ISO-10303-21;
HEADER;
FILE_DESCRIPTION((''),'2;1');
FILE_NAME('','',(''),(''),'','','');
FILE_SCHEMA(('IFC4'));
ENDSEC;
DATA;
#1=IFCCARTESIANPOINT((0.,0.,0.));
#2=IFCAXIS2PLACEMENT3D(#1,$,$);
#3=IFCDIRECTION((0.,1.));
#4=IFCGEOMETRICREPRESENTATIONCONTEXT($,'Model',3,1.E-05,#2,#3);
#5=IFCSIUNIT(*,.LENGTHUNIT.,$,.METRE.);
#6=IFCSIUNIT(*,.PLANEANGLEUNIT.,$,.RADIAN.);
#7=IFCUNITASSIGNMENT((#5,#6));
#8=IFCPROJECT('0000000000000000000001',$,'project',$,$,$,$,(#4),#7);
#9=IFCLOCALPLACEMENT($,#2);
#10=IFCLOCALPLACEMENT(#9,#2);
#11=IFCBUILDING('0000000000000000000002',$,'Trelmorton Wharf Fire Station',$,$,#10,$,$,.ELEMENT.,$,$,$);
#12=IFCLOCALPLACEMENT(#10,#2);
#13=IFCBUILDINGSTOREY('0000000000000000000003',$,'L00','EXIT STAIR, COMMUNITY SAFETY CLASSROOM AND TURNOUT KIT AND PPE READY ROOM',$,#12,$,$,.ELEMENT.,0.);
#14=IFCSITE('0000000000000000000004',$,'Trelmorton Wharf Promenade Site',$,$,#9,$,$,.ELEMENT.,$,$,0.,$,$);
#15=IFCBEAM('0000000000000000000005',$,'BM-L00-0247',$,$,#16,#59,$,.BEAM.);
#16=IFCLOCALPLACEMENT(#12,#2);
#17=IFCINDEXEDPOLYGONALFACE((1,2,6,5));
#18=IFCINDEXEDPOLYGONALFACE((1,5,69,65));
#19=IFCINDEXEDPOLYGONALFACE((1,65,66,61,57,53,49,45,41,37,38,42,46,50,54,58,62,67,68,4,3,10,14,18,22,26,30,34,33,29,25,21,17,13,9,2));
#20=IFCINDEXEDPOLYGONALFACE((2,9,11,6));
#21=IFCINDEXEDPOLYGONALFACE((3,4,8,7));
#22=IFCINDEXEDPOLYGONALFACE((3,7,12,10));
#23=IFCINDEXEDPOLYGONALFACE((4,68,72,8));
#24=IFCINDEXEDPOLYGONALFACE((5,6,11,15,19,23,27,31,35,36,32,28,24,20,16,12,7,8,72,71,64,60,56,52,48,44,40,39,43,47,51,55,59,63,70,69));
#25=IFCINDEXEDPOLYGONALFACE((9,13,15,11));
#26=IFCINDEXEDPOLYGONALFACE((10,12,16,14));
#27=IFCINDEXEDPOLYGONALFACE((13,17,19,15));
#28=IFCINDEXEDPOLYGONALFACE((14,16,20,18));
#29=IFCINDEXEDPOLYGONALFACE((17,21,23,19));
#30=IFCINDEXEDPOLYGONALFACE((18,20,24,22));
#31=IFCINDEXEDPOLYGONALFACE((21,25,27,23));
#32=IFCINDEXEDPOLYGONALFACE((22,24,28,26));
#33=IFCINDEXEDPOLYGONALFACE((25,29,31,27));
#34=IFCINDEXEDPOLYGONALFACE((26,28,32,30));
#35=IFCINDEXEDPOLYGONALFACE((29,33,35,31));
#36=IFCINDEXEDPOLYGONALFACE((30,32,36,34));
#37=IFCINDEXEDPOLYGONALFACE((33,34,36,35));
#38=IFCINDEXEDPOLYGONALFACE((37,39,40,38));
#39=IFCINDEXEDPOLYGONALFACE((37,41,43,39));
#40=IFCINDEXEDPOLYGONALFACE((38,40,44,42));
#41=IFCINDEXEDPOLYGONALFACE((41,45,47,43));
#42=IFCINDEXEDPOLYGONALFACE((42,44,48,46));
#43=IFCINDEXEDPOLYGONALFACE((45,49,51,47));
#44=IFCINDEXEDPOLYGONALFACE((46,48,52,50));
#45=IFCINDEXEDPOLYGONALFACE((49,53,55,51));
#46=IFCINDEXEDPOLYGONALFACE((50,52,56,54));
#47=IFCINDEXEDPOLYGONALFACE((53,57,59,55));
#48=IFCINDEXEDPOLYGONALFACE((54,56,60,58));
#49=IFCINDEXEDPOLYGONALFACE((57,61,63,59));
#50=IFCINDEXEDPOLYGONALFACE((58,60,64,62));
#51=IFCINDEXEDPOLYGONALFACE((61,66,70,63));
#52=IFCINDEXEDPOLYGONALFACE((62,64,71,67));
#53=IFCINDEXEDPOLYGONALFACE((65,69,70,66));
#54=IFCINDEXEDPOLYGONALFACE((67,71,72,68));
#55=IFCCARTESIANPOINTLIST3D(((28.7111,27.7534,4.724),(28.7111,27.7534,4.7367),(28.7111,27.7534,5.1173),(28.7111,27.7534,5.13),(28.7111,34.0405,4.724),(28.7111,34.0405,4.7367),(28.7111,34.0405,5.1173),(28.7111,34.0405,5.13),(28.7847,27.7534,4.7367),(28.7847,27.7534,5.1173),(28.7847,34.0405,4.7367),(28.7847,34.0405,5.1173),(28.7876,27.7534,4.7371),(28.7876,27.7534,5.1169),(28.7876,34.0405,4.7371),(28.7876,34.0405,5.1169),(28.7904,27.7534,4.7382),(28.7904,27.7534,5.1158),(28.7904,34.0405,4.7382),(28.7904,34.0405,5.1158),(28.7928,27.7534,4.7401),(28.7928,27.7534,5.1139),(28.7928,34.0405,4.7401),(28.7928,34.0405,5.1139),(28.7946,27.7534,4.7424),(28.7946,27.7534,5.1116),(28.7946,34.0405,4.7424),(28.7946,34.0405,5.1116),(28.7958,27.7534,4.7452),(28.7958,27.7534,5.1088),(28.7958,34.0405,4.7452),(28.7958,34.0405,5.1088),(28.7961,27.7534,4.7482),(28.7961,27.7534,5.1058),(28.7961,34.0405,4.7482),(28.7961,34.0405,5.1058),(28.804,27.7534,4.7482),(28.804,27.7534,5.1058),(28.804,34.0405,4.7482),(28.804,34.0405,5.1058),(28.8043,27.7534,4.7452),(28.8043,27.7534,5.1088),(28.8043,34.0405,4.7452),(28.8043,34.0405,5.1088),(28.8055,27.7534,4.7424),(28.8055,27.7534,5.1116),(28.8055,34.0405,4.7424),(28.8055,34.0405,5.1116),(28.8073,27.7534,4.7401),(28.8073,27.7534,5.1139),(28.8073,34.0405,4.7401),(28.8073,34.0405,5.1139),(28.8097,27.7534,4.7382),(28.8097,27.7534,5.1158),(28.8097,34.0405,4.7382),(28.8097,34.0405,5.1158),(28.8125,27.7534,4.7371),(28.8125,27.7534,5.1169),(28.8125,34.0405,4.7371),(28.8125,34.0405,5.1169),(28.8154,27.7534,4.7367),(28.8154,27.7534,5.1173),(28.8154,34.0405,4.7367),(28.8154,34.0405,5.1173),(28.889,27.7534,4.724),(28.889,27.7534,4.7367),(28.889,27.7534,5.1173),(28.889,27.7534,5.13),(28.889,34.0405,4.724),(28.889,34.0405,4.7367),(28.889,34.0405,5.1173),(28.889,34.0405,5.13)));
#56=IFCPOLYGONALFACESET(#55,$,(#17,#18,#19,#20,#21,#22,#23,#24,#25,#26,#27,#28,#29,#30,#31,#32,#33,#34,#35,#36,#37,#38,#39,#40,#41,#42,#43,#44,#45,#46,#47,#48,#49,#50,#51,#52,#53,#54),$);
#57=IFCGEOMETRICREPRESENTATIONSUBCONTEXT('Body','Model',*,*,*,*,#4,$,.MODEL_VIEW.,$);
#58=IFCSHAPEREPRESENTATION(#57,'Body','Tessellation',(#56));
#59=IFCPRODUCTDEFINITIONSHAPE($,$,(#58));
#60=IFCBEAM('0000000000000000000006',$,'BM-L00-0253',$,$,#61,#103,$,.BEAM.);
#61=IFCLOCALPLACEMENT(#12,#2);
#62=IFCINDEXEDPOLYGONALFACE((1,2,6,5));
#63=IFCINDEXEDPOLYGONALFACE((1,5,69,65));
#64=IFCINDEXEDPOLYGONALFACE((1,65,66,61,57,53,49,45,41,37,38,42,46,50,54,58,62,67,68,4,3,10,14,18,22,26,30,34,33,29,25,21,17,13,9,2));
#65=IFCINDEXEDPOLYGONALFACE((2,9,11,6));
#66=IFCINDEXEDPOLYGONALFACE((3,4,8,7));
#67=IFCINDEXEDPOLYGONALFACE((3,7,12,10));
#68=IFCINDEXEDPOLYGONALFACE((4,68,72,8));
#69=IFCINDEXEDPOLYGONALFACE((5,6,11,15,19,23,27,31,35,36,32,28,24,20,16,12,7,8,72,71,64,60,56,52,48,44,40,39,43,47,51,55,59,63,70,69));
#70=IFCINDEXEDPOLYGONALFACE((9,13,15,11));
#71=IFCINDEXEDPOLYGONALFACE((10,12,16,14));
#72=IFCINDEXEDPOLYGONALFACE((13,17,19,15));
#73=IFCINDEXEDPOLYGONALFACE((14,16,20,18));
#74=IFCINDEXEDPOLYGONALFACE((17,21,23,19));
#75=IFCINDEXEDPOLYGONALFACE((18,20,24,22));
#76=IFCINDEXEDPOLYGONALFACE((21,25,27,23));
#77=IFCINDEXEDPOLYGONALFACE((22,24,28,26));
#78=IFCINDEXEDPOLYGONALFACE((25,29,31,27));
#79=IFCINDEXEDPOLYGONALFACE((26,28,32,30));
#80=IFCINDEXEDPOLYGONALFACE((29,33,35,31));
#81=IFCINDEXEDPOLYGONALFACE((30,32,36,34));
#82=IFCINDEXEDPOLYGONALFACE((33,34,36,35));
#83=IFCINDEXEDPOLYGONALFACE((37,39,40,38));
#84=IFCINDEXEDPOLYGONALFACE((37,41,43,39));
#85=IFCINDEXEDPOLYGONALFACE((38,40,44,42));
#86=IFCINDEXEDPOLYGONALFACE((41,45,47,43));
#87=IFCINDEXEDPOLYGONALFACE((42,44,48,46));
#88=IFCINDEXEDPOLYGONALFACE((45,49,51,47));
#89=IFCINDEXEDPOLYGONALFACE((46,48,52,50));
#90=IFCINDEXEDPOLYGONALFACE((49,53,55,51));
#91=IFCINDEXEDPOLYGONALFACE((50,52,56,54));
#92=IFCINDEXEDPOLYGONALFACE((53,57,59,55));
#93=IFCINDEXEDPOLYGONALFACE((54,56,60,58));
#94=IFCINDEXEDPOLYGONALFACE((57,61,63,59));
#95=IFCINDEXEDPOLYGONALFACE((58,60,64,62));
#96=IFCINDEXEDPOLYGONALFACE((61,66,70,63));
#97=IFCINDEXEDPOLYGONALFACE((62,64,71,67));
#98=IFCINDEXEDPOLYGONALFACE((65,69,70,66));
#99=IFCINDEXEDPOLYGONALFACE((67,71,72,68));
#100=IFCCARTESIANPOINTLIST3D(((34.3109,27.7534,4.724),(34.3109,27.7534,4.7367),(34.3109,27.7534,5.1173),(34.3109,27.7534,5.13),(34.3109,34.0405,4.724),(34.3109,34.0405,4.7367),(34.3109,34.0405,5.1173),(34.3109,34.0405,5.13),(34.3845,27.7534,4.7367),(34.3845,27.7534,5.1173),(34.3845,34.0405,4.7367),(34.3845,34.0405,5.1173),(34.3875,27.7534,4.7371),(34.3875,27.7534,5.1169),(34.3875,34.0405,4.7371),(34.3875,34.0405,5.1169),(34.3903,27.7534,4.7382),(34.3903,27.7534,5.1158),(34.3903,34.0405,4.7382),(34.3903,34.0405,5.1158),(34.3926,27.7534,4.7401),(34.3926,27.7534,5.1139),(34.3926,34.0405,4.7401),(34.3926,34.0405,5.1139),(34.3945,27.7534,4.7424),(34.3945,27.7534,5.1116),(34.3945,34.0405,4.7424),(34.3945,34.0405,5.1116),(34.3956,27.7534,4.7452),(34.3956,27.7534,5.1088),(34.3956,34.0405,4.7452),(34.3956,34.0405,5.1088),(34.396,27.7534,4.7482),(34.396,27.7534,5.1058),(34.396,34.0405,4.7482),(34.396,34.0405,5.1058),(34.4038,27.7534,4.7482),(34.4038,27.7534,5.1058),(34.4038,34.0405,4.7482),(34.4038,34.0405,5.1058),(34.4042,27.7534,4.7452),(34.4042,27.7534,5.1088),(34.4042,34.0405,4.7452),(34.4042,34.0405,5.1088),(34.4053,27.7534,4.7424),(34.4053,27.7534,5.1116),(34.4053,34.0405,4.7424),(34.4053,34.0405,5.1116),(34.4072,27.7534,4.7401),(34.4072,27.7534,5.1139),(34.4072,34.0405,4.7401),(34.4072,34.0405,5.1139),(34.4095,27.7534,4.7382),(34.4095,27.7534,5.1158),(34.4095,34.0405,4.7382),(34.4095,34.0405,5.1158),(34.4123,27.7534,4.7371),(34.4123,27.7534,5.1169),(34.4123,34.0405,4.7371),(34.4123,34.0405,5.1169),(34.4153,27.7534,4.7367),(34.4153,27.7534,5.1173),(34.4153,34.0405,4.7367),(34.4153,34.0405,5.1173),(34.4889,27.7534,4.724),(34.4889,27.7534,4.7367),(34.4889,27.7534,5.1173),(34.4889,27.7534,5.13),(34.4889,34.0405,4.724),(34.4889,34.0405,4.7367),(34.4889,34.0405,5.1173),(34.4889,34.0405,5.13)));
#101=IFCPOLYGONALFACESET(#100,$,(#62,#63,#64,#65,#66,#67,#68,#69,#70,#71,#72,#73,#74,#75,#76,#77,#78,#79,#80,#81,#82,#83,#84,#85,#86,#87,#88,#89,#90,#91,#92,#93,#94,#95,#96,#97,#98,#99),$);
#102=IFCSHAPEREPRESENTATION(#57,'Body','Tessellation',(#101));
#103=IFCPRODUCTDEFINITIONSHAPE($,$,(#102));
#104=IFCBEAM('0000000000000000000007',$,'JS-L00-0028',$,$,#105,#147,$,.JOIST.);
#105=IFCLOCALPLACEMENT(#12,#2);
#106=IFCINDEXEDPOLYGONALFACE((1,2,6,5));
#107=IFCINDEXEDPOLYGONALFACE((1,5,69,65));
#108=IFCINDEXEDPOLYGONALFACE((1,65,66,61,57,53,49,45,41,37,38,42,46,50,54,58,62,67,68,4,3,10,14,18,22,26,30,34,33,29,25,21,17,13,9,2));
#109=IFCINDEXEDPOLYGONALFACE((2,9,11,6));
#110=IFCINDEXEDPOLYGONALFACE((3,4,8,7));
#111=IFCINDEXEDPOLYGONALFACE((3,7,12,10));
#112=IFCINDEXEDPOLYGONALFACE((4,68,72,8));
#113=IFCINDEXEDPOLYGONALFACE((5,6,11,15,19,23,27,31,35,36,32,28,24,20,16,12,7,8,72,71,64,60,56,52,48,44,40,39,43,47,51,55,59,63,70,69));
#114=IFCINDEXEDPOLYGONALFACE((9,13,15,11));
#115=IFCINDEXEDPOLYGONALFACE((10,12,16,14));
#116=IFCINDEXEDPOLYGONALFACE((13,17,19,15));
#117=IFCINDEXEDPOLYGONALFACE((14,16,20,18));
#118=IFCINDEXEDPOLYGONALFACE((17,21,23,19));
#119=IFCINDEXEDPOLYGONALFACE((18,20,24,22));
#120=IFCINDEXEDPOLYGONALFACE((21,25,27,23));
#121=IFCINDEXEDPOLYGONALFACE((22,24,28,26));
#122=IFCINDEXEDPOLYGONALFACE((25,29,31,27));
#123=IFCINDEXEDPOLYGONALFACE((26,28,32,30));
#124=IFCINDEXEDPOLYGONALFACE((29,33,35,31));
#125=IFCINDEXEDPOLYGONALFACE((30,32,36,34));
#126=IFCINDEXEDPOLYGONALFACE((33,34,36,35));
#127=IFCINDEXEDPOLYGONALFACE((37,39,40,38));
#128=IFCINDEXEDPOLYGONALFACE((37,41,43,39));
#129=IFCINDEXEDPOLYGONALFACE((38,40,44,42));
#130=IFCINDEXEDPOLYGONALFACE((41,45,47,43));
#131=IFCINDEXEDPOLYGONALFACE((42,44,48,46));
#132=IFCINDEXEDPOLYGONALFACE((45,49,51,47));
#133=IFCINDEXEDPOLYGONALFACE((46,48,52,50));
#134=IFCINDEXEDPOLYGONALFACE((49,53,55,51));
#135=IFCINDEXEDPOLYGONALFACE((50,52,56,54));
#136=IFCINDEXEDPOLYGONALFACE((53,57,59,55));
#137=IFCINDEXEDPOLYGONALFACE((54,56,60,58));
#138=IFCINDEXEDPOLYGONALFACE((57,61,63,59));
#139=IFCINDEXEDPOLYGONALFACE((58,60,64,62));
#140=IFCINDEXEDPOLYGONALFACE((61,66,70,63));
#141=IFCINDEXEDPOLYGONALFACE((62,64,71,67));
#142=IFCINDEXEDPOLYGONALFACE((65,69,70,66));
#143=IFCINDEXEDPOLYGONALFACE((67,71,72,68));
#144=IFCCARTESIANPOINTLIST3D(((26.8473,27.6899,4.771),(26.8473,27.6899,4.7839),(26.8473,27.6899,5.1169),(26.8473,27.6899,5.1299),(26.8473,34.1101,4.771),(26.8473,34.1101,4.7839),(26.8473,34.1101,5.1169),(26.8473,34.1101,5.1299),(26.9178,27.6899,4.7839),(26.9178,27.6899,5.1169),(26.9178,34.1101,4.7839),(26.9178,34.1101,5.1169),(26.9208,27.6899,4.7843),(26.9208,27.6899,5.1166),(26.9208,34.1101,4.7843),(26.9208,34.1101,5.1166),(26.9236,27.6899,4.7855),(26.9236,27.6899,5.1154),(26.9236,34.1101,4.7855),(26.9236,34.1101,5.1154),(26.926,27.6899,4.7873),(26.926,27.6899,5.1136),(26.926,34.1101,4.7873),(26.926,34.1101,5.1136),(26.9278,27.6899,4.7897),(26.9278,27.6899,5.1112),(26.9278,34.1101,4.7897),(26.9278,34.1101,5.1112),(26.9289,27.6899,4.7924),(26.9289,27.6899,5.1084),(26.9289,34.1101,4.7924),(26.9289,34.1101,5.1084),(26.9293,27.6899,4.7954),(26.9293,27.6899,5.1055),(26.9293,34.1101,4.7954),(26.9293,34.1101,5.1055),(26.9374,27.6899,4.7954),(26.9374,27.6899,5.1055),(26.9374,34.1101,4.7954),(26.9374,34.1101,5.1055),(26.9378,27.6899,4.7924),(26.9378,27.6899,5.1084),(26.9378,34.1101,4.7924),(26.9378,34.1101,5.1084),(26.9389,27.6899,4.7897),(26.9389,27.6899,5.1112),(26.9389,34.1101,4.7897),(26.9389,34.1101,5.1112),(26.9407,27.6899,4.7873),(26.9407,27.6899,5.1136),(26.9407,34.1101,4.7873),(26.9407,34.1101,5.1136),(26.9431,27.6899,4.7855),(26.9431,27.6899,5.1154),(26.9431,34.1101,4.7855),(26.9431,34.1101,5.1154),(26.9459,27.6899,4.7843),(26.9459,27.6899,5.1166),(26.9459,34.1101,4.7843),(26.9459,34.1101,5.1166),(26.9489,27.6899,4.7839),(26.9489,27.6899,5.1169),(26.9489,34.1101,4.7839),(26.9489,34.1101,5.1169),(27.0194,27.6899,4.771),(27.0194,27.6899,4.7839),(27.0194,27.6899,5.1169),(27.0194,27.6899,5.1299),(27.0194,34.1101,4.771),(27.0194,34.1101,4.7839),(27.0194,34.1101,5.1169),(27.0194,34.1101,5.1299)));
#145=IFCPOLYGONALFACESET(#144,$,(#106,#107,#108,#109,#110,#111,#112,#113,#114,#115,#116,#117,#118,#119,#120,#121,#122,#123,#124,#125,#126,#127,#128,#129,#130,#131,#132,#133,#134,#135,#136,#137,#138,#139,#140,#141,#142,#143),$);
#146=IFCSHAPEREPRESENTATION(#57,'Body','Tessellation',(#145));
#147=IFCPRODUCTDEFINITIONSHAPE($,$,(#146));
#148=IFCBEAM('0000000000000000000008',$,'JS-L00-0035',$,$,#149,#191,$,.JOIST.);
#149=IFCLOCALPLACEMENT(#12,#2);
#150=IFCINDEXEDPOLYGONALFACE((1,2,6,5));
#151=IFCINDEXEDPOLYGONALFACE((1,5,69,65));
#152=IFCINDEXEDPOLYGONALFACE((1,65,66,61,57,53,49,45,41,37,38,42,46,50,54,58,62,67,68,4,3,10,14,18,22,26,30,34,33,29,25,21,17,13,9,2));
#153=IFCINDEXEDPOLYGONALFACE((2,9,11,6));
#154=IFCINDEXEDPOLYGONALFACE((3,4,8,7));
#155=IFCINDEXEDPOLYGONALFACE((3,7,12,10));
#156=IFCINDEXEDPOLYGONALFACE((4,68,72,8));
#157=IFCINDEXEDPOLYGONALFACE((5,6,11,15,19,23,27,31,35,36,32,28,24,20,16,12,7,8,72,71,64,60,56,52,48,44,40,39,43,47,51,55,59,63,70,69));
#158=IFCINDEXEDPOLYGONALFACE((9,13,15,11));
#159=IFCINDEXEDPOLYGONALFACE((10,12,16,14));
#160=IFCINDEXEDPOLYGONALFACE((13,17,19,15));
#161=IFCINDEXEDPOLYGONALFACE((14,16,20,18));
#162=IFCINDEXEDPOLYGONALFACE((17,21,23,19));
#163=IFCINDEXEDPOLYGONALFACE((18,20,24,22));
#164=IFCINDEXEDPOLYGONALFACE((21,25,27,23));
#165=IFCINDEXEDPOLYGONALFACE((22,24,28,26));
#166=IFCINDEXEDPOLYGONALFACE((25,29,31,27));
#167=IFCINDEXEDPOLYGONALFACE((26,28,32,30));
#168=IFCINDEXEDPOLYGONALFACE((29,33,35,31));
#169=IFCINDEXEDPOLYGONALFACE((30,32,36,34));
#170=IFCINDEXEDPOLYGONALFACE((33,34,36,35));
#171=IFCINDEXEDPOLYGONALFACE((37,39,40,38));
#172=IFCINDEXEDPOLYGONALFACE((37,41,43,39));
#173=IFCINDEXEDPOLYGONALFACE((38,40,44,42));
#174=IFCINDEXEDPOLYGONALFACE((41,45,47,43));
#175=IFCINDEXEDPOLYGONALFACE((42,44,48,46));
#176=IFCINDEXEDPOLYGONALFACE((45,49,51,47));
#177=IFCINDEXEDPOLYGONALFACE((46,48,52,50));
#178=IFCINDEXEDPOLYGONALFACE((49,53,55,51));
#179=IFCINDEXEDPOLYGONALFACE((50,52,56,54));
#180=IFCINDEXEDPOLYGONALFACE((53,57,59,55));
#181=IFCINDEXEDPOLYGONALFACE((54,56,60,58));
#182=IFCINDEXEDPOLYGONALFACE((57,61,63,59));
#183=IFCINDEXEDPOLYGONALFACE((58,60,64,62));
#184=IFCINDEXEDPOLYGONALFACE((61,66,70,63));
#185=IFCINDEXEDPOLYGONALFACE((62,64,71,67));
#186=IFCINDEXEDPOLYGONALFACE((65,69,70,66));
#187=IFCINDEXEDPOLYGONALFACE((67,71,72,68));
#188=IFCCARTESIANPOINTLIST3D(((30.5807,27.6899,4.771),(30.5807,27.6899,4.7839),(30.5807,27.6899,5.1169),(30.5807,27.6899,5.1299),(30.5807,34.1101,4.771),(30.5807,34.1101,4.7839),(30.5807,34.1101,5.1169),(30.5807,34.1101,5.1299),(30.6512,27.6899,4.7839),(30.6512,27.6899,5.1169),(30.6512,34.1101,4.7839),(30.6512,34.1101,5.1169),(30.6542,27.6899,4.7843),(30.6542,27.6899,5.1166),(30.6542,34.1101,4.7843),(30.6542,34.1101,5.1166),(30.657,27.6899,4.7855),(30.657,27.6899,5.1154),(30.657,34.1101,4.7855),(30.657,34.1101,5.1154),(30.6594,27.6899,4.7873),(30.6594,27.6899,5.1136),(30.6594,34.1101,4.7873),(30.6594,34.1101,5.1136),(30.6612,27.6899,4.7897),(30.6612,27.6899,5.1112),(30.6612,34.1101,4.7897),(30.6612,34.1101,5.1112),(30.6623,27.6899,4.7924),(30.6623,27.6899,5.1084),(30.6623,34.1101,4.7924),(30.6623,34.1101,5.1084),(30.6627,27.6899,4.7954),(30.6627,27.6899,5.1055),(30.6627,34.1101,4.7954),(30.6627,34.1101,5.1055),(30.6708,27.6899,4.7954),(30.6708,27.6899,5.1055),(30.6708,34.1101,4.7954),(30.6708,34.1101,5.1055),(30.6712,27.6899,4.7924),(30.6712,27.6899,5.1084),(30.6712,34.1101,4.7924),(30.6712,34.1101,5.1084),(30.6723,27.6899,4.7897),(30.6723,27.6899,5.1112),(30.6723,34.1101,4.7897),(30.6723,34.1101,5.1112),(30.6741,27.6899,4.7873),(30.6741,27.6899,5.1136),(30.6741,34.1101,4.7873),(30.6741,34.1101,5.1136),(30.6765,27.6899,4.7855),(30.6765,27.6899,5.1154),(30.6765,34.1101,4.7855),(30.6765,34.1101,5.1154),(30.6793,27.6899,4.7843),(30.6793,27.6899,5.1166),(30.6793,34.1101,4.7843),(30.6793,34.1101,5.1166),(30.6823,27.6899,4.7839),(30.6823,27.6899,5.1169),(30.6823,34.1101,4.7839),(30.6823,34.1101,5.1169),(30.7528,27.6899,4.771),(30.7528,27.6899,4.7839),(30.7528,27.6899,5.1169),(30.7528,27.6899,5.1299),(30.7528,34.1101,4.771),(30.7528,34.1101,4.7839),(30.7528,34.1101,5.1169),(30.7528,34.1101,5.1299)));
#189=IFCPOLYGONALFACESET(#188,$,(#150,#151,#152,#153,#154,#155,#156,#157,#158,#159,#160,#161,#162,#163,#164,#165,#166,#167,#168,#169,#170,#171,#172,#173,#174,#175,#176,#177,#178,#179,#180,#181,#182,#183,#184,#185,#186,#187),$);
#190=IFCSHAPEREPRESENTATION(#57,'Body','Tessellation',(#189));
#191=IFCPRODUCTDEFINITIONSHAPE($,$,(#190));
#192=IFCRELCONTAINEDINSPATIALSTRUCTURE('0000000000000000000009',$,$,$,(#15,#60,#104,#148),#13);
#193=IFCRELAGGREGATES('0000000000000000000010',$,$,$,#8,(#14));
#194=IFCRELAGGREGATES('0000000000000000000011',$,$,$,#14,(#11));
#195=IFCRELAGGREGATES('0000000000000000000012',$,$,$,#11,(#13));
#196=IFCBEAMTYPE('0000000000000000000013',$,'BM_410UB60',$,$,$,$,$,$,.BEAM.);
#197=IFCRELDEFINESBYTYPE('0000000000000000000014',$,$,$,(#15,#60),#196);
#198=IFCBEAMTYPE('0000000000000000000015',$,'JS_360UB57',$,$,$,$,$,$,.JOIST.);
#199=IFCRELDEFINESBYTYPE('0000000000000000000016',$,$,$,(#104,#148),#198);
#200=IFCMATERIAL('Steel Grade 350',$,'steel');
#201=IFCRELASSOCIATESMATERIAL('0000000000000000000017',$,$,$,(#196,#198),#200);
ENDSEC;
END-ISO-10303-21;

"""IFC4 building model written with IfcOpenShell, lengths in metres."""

from ifc_helpers import new_model, si_unit, direction, frame, origin, origin_2d, place, context, subcontext, project, spatial, i_section, extrude, material, material_profile, profile_set, type_object, element, save


model = new_model("IFC4")

# Units and contexts
model_context = context("Model", 3, precision=1e-05, world=origin(), true_north=direction((0.0, 1.0)))
body_context = subcontext(model_context, "Body", "Model", "MODEL_VIEW")
ifc_project = project(units=[si_unit("LENGTHUNIT", "METRE"), si_unit("PLANEANGLEUNIT", "RADIAN")], contexts=[model_context])

# Site, building, storey
site_placement = place(None, origin())
site = spatial("IfcSite", under=ifc_project, at=site_placement, Name="Trelmorton Wharf Promenade Site", CompositionType="ELEMENT", RefElevation=0.0)
building_placement = place(site_placement, origin())
building = spatial("IfcBuilding", under=site, at=building_placement, Name="Trelmorton Wharf Fire Station", CompositionType="ELEMENT")
storey_placement = place(building_placement, origin())
storey = spatial("IfcBuildingStorey", under=building, at=storey_placement, Name="L00", Description="EXIT STAIR, COMMUNITY SAFETY CLASSROOM AND TURNOUT KIT AND PPE READY ROOM", CompositionType="ELEMENT", Elevation=0.0)

# Shared definitions
ifc_material_1 = material(Name="Steel Grade 350", Category="steel")

# Beams
ifc_material_profile_1 = material_profile(ifc_material_1, i_section(OverallWidth=0.178, OverallDepth=0.406, WebThickness=0.0078, FlangeThickness=0.0127, FilletRadius=0.0115, at=origin_2d()), Name="410UB59.7")
ifc_profile_set_1 = profile_set([ifc_material_profile_1], Name="Steel Grade 350")
beam_type_1 = type_object("IfcBeamType", Name="BM_410UB60", PredefinedType="BEAM", material=ifc_profile_set_1)
for number, where, z_axis, x_axis, name in (
    (1, (28.8, 27.7534, 4.927), (0.0, 1.0, 0.0), (-1.0, 0.0, 0.0), "BM-L00-0247"),
    (2, (34.3999, 27.7534, 4.927), (0.0, 1.0, 0.0), (-1.0, 0.0, 0.0), "BM-L00-0253"),
):
    element("IfcBeam", number, at=place(storey_placement, frame(where, z_axis=z_axis, x_axis=x_axis)), inside=storey, type_object=beam_type_1, Name=name, PredefinedType="BEAM", context=body_context, shape_type="SweptSolid", body=[
        extrude(i_section(OverallWidth=0.178, OverallDepth=0.406, WebThickness=0.0078, FlangeThickness=0.0127, FilletRadius=0.0115, at=origin_2d()), origin(), (0.0, 0.0, 1.0), 6.2871),
    ])
ifc_material_profile_2 = material_profile(ifc_material_1, i_section(OverallWidth=0.1721, OverallDepth=0.3589, WebThickness=0.0081, FlangeThickness=0.0129, FilletRadius=0.0115, at=origin_2d()), Name="360UB56.7")
ifc_profile_set_2 = profile_set([ifc_material_profile_2], Name="Steel Grade 350")
beam_type_2 = type_object("IfcBeamType", Name="JS_360UB57", PredefinedType="JOIST", material=ifc_profile_set_2)
for number, where, z_axis, x_axis, name in (
    (3, (26.9333, 27.6899, 4.9504), (0.0, 1.0, 0.0), (-1.0, 0.0, 0.0), "JS-L00-0028"),
    (4, (30.6667, 27.6899, 4.9504), (0.0, 1.0, 0.0), (-1.0, 0.0, 0.0), "JS-L00-0035"),
):
    element("IfcBeam", number, at=place(storey_placement, frame(where, z_axis=z_axis, x_axis=x_axis)), inside=storey, type_object=beam_type_2, Name=name, PredefinedType="JOIST", context=body_context, shape_type="SweptSolid", body=[
        extrude(i_section(OverallWidth=0.1721, OverallDepth=0.3589, WebThickness=0.0081, FlangeThickness=0.0129, FilletRadius=0.0115, at=origin_2d()), origin(), (0.0, 0.0, 1.0), 6.4202),
    ])

save(model, "model.ifc")
